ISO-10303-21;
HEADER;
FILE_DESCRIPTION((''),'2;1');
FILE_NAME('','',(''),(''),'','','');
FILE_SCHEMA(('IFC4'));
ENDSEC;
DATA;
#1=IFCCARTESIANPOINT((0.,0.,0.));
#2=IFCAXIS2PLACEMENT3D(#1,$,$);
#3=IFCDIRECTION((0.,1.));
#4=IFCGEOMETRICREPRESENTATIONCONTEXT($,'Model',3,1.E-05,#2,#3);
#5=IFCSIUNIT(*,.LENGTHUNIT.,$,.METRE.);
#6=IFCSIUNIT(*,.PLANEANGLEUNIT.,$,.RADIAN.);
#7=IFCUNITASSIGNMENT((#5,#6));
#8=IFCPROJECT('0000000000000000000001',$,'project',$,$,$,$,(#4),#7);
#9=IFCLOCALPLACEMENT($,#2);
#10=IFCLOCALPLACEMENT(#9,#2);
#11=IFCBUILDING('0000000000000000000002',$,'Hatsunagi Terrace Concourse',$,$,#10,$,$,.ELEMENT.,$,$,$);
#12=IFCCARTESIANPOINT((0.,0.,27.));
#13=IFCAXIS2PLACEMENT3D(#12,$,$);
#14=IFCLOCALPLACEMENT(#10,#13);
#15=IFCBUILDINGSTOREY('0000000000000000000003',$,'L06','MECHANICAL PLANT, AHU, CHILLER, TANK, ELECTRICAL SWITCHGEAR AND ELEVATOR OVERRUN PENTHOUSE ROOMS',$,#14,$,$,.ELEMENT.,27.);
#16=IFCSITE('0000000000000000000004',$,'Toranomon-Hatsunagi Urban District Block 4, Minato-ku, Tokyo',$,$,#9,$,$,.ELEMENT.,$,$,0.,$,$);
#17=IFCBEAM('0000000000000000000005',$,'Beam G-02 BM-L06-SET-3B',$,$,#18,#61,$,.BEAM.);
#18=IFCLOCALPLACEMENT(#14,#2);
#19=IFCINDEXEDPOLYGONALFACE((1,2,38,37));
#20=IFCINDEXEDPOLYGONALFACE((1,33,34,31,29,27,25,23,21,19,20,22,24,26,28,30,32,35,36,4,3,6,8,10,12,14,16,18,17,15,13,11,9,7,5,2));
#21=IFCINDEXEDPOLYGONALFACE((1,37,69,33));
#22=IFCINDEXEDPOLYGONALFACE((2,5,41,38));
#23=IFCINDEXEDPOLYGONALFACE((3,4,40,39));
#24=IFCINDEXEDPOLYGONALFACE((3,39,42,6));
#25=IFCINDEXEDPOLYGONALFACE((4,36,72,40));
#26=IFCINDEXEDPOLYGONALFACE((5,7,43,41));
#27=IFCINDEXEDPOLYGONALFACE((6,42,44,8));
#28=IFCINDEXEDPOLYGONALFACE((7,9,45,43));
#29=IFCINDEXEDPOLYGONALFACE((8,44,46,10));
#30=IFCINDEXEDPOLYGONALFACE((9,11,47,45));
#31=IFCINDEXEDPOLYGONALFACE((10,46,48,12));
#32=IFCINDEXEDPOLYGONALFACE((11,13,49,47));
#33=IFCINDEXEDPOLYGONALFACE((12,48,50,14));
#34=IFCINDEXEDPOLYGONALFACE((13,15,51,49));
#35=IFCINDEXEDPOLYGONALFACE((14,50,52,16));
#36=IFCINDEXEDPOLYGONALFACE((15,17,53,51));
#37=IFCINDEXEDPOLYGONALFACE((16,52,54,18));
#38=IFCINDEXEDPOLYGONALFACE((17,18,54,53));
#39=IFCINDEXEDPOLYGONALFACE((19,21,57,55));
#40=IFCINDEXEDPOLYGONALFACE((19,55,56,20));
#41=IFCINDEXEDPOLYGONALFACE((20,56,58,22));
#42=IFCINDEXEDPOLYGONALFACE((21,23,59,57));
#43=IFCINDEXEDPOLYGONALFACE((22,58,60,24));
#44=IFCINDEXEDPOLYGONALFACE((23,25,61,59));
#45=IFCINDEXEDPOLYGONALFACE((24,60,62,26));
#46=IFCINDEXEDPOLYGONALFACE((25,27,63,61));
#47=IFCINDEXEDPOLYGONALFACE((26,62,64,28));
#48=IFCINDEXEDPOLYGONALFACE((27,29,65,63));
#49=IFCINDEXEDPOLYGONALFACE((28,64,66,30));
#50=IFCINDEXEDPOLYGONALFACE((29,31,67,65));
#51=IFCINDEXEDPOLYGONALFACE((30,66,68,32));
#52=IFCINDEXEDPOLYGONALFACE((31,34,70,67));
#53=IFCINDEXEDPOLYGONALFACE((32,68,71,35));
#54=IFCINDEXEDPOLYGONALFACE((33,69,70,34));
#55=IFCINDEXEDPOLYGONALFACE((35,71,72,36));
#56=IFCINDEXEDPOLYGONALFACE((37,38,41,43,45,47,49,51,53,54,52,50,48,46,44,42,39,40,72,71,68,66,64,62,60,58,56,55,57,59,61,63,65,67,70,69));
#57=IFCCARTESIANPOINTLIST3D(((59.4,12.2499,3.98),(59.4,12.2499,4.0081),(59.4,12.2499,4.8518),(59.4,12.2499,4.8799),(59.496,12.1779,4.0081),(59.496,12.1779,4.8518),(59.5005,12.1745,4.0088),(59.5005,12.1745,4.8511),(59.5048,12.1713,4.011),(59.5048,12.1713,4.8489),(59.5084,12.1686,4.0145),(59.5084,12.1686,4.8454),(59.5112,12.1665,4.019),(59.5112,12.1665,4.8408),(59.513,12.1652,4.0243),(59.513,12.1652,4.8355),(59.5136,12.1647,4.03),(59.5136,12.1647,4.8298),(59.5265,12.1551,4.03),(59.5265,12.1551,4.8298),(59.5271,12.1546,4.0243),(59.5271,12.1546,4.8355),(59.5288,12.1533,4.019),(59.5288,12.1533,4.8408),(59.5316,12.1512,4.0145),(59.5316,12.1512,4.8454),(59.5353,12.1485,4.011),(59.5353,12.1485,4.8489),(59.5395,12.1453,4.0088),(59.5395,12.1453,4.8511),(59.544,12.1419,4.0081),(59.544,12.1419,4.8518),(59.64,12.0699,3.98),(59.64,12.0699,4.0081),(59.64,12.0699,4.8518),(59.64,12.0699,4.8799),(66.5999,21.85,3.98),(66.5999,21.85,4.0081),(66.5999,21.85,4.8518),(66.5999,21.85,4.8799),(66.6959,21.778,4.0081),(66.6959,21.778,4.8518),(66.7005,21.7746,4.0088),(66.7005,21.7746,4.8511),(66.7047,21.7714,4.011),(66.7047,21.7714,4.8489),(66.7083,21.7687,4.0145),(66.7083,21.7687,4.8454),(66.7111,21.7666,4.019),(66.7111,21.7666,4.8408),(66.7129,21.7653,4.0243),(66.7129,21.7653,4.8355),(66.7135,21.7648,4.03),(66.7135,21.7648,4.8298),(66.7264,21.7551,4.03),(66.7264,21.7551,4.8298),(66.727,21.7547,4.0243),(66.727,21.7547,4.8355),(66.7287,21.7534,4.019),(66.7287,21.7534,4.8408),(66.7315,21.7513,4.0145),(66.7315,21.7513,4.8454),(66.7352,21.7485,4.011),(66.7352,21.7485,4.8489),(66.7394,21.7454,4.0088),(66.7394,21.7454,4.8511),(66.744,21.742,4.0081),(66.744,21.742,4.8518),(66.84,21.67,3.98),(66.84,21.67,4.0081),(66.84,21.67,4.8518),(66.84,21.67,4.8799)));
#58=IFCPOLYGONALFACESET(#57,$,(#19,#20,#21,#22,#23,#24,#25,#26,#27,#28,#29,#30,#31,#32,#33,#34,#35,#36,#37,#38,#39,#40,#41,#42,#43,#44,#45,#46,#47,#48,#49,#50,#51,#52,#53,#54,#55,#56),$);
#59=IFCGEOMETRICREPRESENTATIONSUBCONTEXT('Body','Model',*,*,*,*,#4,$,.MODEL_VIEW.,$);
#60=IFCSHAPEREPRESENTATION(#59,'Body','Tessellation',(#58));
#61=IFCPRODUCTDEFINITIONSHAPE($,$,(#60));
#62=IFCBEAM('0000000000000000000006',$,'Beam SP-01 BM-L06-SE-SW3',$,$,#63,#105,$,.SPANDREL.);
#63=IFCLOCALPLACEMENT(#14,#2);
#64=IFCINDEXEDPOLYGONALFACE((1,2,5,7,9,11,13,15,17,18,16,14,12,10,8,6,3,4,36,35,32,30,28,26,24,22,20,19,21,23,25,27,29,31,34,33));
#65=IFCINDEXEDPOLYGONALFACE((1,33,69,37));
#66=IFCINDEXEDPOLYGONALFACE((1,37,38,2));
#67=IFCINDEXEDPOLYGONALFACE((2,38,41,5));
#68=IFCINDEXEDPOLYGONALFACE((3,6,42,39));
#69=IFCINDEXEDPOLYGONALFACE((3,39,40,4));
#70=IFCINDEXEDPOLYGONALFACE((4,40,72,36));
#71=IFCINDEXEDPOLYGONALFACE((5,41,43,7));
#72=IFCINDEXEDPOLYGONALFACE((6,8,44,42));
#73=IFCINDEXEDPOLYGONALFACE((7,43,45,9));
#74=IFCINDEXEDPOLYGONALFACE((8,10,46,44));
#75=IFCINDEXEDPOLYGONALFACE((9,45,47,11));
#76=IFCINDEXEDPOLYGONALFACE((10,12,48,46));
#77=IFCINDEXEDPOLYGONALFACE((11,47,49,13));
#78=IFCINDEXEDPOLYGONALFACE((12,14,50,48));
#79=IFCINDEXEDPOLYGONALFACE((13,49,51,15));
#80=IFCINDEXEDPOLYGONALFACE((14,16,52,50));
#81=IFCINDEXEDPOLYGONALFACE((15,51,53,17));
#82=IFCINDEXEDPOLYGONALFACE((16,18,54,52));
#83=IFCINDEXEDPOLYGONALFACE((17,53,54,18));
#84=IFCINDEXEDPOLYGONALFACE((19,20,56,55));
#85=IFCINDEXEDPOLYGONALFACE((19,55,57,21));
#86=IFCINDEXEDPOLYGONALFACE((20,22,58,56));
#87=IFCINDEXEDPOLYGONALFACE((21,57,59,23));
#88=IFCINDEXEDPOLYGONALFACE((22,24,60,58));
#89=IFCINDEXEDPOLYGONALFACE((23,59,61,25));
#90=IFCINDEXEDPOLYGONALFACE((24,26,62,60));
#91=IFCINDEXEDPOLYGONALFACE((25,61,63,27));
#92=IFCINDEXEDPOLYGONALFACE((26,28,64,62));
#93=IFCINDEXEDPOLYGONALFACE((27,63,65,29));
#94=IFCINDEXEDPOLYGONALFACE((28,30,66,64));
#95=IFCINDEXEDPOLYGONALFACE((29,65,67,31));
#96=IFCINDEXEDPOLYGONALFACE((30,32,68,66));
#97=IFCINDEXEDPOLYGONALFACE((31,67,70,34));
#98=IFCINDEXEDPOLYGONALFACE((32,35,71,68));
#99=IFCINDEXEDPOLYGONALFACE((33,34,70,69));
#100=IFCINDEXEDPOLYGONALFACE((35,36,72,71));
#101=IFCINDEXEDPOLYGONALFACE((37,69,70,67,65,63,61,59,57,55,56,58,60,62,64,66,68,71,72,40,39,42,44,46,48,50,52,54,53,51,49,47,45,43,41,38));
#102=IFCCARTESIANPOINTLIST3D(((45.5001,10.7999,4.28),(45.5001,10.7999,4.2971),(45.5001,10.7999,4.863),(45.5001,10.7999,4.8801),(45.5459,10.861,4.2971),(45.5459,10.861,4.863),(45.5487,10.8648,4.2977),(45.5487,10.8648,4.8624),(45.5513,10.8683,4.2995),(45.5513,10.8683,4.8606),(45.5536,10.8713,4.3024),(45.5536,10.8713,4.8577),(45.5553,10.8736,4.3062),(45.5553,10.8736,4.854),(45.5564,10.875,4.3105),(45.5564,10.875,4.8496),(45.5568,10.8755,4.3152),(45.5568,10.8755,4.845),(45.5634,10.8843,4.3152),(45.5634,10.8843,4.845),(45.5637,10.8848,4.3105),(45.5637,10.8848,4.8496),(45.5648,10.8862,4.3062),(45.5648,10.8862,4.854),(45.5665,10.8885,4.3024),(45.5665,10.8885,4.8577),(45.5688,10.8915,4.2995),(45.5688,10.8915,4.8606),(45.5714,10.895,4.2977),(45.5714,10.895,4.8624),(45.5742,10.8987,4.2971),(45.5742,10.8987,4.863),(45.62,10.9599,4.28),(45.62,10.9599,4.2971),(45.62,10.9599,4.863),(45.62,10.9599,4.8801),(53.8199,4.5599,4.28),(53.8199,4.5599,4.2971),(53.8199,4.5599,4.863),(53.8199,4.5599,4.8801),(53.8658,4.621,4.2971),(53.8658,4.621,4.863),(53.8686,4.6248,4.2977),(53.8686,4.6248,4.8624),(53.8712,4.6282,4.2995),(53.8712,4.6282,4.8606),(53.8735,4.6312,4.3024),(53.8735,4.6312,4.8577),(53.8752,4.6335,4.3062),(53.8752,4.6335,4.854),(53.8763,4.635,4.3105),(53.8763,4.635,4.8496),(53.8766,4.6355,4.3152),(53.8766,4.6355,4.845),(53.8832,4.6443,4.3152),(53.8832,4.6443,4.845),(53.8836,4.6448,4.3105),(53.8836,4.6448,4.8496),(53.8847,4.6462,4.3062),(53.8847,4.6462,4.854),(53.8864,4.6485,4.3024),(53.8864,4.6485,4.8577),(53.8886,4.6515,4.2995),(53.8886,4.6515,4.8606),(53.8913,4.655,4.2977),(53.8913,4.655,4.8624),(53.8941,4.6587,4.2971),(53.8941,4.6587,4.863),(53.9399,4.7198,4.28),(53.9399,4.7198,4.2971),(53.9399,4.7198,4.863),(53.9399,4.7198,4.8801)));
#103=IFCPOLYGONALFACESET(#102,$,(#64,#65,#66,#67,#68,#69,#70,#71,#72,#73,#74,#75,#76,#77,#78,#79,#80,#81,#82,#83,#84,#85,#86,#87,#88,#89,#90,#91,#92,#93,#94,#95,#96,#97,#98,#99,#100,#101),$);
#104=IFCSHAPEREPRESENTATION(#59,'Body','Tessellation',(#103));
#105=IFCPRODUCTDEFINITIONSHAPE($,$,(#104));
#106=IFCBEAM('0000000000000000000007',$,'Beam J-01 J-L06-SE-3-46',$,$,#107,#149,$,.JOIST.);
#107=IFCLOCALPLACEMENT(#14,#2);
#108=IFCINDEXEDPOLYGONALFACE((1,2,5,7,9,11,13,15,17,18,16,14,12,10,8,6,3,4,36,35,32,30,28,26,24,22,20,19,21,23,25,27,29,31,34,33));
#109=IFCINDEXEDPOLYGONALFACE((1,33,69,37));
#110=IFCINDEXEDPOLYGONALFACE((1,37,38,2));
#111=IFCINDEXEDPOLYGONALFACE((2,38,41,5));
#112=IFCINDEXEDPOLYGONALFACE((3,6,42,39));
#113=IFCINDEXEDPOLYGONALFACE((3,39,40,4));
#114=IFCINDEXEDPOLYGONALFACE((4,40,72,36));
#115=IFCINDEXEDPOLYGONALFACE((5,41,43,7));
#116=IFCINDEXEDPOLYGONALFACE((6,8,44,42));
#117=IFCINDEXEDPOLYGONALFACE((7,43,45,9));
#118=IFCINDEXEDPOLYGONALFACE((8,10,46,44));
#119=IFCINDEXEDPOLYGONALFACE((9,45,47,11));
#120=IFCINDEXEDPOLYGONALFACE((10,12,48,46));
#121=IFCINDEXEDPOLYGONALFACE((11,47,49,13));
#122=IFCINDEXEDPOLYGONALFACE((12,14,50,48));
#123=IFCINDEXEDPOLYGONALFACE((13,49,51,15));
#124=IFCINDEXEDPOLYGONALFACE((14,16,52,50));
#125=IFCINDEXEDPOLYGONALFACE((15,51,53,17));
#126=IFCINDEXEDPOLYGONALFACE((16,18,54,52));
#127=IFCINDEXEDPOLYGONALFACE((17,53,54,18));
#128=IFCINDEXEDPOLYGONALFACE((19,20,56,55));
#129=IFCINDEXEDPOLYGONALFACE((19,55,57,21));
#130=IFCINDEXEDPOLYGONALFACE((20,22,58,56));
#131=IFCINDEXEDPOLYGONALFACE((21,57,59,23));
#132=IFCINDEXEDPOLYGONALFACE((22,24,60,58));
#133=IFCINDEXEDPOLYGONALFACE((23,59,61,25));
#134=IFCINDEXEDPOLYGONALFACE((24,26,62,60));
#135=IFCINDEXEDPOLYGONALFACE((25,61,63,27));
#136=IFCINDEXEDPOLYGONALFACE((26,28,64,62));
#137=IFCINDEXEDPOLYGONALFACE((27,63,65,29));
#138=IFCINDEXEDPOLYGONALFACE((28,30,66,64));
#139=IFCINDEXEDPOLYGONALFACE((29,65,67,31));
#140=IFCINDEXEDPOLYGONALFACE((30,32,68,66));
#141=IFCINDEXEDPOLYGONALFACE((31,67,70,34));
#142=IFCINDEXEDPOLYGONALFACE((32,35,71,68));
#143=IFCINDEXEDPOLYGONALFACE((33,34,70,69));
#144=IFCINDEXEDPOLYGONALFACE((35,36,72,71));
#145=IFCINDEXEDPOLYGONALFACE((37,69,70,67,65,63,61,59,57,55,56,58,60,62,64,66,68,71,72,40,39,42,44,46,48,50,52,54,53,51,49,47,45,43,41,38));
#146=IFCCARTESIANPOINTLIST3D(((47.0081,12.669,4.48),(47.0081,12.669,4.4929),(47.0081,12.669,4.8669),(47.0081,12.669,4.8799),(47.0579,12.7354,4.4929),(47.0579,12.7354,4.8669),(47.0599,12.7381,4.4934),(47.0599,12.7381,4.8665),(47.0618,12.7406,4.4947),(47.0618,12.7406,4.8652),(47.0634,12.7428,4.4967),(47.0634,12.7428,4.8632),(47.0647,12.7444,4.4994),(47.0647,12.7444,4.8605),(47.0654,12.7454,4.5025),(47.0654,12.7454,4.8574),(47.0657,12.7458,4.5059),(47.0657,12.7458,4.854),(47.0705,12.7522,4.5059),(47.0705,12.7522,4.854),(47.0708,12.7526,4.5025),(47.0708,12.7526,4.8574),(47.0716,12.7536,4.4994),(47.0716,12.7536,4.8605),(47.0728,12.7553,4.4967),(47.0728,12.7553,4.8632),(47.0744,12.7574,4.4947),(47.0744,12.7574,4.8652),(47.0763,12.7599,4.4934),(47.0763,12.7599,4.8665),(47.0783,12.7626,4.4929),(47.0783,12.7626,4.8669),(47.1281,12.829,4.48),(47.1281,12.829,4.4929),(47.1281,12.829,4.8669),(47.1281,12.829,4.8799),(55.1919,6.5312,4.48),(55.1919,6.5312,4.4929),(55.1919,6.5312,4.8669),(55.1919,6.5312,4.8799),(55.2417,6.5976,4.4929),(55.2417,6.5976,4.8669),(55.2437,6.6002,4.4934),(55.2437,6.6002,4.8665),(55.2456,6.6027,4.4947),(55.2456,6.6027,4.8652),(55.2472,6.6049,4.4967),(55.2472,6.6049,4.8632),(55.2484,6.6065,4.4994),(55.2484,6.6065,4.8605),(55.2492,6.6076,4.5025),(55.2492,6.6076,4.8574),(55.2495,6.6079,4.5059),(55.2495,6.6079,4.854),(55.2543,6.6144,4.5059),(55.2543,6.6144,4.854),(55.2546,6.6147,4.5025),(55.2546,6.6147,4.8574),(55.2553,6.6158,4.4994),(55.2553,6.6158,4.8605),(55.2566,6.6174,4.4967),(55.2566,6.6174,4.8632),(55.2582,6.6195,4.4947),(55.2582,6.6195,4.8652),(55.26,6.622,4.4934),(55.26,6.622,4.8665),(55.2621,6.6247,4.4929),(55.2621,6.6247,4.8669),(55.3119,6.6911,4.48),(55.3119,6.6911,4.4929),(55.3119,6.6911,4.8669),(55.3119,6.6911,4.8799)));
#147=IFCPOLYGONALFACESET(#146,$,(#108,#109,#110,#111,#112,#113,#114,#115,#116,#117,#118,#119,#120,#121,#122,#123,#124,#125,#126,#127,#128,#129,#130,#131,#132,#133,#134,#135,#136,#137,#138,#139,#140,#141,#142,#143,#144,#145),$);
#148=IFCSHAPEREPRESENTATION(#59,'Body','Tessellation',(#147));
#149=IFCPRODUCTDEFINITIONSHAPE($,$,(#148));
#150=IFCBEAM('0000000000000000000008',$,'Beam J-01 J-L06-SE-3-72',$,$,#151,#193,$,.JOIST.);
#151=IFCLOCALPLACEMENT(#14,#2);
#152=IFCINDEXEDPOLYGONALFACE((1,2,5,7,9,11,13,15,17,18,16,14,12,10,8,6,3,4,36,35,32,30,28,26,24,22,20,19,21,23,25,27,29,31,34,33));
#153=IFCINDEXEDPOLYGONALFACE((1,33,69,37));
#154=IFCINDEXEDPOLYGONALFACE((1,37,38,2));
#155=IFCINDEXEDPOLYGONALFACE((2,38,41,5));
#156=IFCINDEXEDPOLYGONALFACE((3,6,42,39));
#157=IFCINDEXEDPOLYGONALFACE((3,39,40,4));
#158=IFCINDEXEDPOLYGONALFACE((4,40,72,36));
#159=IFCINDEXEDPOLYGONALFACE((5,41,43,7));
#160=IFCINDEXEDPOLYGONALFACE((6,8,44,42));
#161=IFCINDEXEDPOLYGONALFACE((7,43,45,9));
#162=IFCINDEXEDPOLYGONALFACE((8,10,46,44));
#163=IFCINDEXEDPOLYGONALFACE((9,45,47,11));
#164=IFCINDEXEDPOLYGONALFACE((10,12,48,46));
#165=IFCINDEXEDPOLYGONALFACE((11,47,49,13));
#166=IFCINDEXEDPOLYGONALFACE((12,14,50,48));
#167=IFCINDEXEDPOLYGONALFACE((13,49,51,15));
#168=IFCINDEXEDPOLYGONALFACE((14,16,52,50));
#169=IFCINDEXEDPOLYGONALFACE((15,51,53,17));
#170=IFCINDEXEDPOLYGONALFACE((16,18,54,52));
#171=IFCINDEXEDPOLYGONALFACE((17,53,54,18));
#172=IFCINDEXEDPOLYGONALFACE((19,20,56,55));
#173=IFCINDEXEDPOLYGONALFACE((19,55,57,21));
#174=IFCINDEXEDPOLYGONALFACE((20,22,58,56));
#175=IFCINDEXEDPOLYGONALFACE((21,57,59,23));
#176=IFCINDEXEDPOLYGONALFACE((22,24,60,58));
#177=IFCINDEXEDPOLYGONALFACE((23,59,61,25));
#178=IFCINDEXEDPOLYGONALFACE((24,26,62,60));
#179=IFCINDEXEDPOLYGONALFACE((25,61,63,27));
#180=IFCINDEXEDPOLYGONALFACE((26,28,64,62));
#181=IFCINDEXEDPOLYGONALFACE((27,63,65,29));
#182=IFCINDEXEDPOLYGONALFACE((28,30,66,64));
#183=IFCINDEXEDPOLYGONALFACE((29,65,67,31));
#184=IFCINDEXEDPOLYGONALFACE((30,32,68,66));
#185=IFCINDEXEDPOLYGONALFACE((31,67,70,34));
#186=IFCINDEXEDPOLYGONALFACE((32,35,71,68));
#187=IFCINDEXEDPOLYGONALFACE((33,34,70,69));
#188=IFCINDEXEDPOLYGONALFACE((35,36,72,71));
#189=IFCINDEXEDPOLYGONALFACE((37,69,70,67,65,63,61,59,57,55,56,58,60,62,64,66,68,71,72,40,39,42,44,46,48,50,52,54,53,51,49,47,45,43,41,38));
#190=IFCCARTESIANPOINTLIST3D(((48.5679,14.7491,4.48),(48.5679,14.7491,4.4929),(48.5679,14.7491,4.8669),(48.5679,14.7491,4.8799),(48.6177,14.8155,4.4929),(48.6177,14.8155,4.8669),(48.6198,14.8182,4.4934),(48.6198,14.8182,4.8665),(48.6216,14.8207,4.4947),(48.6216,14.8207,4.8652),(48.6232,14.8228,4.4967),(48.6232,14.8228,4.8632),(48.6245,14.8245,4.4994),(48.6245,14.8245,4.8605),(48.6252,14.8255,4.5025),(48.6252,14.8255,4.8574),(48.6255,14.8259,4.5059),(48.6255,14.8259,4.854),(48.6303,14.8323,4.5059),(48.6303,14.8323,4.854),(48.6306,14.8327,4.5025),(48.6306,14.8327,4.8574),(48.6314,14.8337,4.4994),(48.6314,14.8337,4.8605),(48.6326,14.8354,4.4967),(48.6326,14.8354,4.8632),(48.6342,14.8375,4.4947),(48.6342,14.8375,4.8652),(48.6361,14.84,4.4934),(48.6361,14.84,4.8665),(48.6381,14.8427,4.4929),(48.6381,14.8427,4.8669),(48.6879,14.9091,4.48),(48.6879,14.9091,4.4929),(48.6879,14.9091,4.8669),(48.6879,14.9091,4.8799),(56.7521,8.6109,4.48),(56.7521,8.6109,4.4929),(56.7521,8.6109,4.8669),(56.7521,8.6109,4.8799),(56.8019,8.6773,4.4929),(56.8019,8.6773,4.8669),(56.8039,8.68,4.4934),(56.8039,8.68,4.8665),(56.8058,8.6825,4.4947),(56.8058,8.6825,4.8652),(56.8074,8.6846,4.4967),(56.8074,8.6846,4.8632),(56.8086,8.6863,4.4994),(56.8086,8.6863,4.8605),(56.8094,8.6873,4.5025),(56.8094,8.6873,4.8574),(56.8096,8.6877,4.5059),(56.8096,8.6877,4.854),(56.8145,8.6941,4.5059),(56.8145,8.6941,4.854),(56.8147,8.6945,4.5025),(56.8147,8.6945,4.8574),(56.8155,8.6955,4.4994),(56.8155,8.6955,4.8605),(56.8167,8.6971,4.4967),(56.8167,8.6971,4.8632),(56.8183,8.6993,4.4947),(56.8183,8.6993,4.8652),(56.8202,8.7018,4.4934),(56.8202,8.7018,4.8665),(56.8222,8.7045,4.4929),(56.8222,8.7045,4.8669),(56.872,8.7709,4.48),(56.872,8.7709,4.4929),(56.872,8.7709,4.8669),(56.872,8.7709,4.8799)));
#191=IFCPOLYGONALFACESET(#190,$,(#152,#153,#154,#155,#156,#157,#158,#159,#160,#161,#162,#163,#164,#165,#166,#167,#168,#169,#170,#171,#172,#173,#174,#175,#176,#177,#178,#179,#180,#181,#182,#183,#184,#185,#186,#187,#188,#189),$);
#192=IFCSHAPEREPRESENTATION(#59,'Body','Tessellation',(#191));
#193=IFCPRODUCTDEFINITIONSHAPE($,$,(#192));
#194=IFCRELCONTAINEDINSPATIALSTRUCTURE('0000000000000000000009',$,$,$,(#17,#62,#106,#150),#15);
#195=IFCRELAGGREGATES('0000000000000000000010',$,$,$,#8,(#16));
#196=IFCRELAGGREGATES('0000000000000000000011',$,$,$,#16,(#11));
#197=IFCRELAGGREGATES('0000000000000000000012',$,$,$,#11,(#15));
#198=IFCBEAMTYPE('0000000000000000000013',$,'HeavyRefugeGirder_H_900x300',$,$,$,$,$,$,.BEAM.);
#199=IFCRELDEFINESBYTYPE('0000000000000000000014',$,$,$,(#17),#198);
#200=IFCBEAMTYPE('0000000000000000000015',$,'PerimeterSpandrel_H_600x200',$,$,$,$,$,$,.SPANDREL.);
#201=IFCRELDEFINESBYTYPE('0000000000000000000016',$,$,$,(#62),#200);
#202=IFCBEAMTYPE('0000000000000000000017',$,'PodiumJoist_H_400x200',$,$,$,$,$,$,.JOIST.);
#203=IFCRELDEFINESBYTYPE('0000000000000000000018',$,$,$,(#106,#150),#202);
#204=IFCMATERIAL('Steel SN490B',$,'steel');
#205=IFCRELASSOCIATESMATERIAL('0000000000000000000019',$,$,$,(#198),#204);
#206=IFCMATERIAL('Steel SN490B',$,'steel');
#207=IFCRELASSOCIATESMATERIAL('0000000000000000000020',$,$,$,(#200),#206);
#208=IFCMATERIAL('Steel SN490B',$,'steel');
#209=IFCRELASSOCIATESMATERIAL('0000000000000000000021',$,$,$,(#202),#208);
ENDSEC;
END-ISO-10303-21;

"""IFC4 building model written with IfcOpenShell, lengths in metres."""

from ifc_helpers import new_model, si_unit, direction, frame, origin, origin_2d, place, context, subcontext, project, spatial, i_section, extrude, material, material_profile, profile_set, type_object, element, save


model = new_model("IFC4")

# Units and contexts
model_context = context("Model", 3, precision=1e-05, world=origin(), true_north=direction((0.0, 1.0)))
body_context = subcontext(model_context, "Body", "Model", "MODEL_VIEW")
ifc_project = project(units=[si_unit("LENGTHUNIT", "METRE"), si_unit("PLANEANGLEUNIT", "RADIAN")], contexts=[model_context])

# Site, building, storey
site_placement = place(None, origin())
site = spatial("IfcSite", under=ifc_project, at=site_placement, Name="Toranomon-Hatsunagi Urban District Block 4, Minato-ku, Tokyo", CompositionType="ELEMENT", RefElevation=0.0)
building_placement = place(site_placement, origin())
building = spatial("IfcBuilding", under=site, at=building_placement, Name="Hatsunagi Terrace Concourse", CompositionType="ELEMENT")
storey_placement = place(building_placement, frame((0.0, 0.0, 27.0)))
storey = spatial("IfcBuildingStorey", under=building, at=storey_placement, Name="L06", Description="MECHANICAL PLANT, AHU, CHILLER, TANK, ELECTRICAL SWITCHGEAR AND ELEVATOR OVERRUN PENTHOUSE ROOMS", CompositionType="ELEMENT", Elevation=27.0)

# Beams
ifc_material_1 = material(Name="Steel SN490B", Category="steel")
ifc_material_profile_1 = material_profile(ifc_material_1, i_section(OverallWidth=0.3, OverallDepth=0.8999, WebThickness=0.0161, FlangeThickness=0.0281, FilletRadius=0.022, at=origin_2d()), Name="H-900x300x16x28")
ifc_profile_set_1 = profile_set([ifc_material_profile_1], Name="Steel SN490B")
beam_type_1 = type_object("IfcBeamType", Name="HeavyRefugeGirder_H_900x300", PredefinedType="BEAM", material=ifc_profile_set_1)
beam_1_placement = place(storey_placement, frame((59.52, 12.1599, 4.4299), z_axis=(0.599993, 0.800005, 0.0), x_axis=(-0.800005, 0.599993, 0.0)))
element("IfcBeam", 1, at=beam_1_placement, inside=storey, type_object=beam_type_1, Name="Beam G-02 BM-L06-SET-3B", PredefinedType="BEAM", context=body_context, shape_type="SweptSolid", body=[
    extrude(i_section(OverallWidth=0.3, OverallDepth=0.8999, WebThickness=0.0161, FlangeThickness=0.0281, FilletRadius=0.022, at=origin_2d()), origin(), (0.0, 0.0, 1.0), 12.0),
])
ifc_material_2 = material(Name="Steel SN490B", Category="steel")
ifc_material_profile_2 = material_profile(ifc_material_2, i_section(OverallWidth=0.2, OverallDepth=0.6001, WebThickness=0.011, FlangeThickness=0.0171, FilletRadius=0.0181, at=origin_2d()), Name="H-600x200x11x17")
ifc_profile_set_2 = profile_set([ifc_material_profile_2], Name="Steel SN490B")
beam_type_2 = type_object("IfcBeamType", Name="PerimeterSpandrel_H_600x200", PredefinedType="SPANDREL", material=ifc_profile_set_2)
beam_2_placement = place(storey_placement, frame((45.5601, 10.8799, 4.5801), z_axis=(0.799994, -0.600008, 0.0), x_axis=(0.600008, 0.799994, 0.0)))
element("IfcBeam", 2, at=beam_2_placement, inside=storey, type_object=beam_type_2, Name="Beam SP-01 BM-L06-SE-SW3", PredefinedType="SPANDREL", context=body_context, shape_type="SweptSolid", body=[
    extrude(i_section(OverallWidth=0.2, OverallDepth=0.6001, WebThickness=0.011, FlangeThickness=0.0171, FilletRadius=0.0181, at=origin_2d()), origin(), (0.0, 0.0, 1.0), 10.3999),
])
ifc_material_3 = material(Name="Steel SN490B", Category="steel")
ifc_material_profile_3 = material_profile(ifc_material_3, i_section(OverallWidth=0.2, OverallDepth=0.3999, WebThickness=0.0081, FlangeThickness=0.0129, FilletRadius=0.0129, at=origin_2d()), Name="H-400x200x8x13")
ifc_profile_set_3 = profile_set([ifc_material_profile_3], Name="Steel SN490B")
beam_type_3 = type_object("IfcBeamType", Name="PodiumJoist_H_400x200", PredefinedType="JOIST", material=ifc_profile_set_3)
beam_3_placement = place(storey_placement, frame((47.0681, 12.749, 4.6799), z_axis=(0.799997, -0.600004, 0.0), x_axis=(0.600004, 0.799997, 0.0)))
element("IfcBeam", 3, at=beam_3_placement, inside=storey, type_object=beam_type_3, Name="Beam J-01 J-L06-SE-3-46", PredefinedType="JOIST", context=body_context, shape_type="SweptSolid", body=[
    extrude(i_section(OverallWidth=0.2, OverallDepth=0.3999, WebThickness=0.0081, FlangeThickness=0.0129, FilletRadius=0.0129, at=origin_2d()), origin(), (0.0, 0.0, 1.0), 10.2297),
])
beam_4_placement = place(storey_placement, frame((48.6279, 14.8291, 4.6799), z_axis=(0.799994, -0.600008, 0.0), x_axis=(0.600008, 0.799994, 0.0)))
element("IfcBeam", 4, at=beam_4_placement, inside=storey, type_object=beam_type_3, Name="Beam J-01 J-L06-SE-3-72", PredefinedType="JOIST", context=body_context, shape_type="SweptSolid", body=[
    extrude(i_section(OverallWidth=0.2, OverallDepth=0.3999, WebThickness=0.0081, FlangeThickness=0.0129, FilletRadius=0.0129, at=origin_2d()), origin(), (0.0, 0.0, 1.0), 10.2302),
])

save(model, "model.ifc")
